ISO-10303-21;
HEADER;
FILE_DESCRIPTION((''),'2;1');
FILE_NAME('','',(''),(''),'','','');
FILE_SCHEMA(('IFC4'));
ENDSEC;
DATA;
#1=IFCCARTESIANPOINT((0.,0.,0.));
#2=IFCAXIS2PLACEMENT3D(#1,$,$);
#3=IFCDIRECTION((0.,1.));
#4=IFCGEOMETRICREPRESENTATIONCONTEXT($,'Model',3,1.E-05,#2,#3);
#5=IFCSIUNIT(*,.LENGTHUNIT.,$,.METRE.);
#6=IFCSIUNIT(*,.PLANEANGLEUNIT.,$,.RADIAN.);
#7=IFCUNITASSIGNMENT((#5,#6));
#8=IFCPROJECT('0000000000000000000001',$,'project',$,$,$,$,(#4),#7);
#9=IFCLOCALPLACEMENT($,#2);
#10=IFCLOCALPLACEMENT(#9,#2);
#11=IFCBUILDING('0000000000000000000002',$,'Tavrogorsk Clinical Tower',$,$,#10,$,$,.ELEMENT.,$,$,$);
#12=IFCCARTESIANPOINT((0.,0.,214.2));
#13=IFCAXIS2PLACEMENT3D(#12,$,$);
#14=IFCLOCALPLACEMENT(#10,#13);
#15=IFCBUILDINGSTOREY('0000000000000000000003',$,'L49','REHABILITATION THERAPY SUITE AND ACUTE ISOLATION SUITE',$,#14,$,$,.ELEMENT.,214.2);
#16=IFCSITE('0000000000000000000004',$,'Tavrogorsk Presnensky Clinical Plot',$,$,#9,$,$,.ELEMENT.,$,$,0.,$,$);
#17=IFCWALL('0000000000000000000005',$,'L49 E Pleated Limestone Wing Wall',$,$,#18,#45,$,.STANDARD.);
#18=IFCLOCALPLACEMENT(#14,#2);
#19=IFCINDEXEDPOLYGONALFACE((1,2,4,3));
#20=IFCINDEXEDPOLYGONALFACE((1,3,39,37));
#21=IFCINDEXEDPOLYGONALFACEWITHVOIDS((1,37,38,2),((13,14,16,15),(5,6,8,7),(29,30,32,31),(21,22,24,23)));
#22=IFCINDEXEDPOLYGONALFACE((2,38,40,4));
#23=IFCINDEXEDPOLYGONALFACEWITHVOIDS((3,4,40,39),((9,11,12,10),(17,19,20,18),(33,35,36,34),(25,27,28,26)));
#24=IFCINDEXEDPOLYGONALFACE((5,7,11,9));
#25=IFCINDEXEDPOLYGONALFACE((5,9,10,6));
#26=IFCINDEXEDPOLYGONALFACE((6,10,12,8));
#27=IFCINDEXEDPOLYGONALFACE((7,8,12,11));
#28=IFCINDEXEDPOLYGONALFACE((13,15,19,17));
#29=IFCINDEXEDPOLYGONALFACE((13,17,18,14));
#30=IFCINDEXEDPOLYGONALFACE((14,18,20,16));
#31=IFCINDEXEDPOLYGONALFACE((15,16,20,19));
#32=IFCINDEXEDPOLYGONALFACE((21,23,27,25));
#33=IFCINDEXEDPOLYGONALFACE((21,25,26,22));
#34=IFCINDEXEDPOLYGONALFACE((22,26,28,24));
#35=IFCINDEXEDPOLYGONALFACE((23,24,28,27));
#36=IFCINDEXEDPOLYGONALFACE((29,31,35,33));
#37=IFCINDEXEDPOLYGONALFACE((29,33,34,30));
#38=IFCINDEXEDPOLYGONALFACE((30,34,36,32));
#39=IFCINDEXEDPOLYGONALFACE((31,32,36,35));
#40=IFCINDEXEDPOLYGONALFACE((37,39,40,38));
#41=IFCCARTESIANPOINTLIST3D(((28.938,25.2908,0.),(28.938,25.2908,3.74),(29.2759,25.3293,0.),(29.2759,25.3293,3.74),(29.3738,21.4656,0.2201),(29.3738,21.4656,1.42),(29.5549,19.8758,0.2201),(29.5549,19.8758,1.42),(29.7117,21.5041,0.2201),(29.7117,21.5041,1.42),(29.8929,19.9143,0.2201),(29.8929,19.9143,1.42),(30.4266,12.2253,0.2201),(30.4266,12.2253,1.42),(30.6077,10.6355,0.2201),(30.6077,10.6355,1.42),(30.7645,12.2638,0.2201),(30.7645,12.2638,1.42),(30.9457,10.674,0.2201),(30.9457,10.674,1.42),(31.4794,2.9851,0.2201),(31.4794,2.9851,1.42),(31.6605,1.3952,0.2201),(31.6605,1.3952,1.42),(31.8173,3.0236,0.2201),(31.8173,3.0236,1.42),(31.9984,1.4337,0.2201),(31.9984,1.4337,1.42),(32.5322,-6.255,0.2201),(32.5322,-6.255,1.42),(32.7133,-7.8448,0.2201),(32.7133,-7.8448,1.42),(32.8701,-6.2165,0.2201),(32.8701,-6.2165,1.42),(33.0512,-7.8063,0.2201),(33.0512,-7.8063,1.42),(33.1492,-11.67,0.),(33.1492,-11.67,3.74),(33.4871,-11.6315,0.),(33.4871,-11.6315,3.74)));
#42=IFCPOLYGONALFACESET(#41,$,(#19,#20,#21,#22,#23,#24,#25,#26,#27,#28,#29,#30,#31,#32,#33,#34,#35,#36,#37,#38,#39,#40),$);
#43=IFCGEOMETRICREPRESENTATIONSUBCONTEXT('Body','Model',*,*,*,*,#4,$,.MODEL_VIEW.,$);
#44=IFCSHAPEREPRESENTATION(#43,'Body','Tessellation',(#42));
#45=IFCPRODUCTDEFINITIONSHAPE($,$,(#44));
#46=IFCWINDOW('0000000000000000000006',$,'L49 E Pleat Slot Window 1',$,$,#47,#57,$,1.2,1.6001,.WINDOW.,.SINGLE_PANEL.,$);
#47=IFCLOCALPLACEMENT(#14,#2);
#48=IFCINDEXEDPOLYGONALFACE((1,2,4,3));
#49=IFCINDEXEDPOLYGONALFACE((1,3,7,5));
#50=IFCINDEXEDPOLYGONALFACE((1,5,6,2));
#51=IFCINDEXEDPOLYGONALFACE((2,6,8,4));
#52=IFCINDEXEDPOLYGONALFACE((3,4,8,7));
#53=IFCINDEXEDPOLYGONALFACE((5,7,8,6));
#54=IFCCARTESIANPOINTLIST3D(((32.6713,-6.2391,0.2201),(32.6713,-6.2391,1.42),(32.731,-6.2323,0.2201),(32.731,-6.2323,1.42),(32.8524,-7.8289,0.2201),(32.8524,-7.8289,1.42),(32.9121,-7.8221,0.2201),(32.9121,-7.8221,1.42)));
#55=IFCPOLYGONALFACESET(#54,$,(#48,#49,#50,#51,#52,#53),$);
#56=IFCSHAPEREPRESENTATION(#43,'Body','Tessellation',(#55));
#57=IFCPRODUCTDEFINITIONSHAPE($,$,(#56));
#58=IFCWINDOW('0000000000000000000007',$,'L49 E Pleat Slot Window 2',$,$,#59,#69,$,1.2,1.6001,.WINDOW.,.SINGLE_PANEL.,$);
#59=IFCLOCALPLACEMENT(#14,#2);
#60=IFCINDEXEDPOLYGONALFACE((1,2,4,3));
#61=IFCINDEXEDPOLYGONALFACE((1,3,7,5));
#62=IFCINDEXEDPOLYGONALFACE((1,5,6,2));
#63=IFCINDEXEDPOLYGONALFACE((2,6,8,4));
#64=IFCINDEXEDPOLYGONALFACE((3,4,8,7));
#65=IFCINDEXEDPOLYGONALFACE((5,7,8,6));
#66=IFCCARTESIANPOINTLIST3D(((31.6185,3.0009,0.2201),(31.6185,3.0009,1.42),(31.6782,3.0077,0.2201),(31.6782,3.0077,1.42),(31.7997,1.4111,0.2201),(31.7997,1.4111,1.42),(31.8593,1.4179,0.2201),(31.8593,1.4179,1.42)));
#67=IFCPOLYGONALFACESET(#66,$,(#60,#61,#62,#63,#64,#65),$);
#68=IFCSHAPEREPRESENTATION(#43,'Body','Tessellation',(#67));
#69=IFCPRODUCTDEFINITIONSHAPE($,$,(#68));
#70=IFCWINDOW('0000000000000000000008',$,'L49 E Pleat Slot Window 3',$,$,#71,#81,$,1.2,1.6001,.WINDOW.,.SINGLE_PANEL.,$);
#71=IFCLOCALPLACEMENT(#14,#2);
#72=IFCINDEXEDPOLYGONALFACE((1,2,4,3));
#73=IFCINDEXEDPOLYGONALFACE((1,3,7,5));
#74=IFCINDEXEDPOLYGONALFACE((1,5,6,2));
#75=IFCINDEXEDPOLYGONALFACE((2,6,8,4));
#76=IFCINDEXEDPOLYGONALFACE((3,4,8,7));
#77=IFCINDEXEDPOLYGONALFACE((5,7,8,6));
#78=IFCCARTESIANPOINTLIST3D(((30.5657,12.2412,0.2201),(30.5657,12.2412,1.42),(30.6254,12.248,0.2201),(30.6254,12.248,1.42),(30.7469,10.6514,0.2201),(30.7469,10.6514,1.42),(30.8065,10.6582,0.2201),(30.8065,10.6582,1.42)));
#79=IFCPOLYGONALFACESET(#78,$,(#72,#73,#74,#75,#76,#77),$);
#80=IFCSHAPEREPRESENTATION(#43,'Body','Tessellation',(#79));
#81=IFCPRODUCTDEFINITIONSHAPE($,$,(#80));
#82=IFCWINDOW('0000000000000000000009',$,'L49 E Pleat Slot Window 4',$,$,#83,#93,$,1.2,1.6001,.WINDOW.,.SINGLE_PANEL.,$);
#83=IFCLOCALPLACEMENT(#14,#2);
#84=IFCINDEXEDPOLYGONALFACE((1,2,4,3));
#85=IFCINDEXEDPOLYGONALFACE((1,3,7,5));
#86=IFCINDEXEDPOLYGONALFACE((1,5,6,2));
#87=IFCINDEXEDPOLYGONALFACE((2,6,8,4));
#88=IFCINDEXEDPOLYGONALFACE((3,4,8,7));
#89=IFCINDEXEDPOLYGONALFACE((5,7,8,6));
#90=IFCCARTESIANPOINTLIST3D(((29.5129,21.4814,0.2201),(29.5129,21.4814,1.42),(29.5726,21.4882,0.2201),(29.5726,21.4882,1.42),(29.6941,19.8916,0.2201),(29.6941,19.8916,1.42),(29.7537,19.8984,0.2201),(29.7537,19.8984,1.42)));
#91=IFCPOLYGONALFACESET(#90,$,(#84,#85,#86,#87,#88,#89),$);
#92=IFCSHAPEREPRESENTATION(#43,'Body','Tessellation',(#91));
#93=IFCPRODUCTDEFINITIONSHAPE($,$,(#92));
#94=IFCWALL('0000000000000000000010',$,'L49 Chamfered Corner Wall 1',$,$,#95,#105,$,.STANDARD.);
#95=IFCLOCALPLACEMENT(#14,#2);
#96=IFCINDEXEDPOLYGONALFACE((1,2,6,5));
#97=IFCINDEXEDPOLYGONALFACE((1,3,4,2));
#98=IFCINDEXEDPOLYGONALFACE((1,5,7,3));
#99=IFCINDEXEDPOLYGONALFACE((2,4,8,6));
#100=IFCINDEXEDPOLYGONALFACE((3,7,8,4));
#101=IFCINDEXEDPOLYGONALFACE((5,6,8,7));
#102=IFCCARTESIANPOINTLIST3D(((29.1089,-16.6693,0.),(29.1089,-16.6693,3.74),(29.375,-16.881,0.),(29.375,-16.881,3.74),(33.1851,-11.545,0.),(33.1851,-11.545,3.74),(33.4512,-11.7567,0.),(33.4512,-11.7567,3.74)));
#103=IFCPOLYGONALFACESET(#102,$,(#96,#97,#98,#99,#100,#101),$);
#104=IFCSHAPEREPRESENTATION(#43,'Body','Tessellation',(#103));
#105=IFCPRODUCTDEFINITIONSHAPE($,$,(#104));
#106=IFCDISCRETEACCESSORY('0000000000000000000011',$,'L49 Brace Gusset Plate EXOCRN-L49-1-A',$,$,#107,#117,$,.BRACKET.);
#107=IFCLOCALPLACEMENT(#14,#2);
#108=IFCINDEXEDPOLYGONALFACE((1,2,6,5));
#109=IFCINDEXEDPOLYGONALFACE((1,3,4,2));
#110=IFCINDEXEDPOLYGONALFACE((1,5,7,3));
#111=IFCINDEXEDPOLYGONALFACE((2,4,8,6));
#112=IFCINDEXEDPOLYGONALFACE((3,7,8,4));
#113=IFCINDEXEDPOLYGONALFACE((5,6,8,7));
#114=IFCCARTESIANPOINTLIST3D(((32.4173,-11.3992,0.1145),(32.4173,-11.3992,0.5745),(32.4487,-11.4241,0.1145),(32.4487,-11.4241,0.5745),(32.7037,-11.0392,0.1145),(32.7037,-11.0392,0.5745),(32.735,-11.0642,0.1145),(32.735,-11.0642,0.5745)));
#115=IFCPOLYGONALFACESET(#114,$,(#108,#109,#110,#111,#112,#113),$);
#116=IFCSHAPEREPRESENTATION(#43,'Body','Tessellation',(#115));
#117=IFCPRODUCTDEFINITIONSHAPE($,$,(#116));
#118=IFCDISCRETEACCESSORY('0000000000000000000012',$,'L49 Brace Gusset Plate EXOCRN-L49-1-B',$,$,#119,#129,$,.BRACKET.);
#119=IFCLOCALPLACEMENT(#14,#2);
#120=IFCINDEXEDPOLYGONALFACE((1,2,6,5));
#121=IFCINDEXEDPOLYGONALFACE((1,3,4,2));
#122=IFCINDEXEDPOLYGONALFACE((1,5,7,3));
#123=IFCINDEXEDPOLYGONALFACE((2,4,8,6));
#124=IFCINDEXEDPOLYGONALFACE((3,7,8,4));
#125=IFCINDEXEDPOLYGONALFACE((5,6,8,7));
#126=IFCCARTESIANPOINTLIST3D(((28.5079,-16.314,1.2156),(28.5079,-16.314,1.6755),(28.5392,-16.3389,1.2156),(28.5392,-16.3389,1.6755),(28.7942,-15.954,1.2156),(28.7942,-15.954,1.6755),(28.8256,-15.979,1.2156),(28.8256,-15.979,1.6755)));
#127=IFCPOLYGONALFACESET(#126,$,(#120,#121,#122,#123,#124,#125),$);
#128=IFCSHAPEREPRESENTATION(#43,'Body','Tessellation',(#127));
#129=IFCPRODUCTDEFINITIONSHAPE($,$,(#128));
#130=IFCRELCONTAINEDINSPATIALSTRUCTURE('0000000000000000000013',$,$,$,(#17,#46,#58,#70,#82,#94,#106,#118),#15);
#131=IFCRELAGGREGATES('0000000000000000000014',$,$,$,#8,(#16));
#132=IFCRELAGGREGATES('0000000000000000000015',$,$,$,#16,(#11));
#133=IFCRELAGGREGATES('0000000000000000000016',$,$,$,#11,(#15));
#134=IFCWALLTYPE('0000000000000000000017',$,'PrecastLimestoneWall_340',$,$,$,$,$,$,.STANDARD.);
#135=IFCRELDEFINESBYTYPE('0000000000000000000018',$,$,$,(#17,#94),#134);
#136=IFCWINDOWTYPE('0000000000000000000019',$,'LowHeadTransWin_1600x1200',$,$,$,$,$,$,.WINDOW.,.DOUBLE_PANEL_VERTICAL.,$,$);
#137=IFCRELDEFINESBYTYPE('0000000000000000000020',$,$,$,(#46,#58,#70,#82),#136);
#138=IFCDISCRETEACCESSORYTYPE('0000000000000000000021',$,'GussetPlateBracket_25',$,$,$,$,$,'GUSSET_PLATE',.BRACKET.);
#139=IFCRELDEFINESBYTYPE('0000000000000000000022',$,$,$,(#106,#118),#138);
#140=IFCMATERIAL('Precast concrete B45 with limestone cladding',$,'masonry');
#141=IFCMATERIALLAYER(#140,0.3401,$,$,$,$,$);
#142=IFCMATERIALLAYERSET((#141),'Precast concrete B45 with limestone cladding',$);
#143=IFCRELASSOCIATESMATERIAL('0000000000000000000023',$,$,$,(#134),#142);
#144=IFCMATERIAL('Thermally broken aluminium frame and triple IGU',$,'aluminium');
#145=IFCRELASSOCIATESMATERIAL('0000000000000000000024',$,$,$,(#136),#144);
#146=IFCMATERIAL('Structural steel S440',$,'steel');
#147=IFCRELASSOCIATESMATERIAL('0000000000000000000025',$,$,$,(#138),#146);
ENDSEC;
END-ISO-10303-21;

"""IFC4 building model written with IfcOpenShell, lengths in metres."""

from ifc_helpers import new_model, si_unit, direction, frame, frame_2d, origin, origin_2d, place, context, subcontext, project, spatial, rectangle, extrude, material, layer, layer_set, type_object, element, fill, save


model = new_model("IFC4")

# Units and contexts
model_context = context("Model", 3, precision=1e-05, world=origin(), true_north=direction((0.0, 1.0)))
body_context = subcontext(model_context, "Body", "Model", "MODEL_VIEW")
ifc_project = project(units=[si_unit("LENGTHUNIT", "METRE"), si_unit("PLANEANGLEUNIT", "RADIAN")], contexts=[model_context])

# Site, building, storey
site_placement = place(None, origin())
site = spatial("IfcSite", under=ifc_project, at=site_placement, Name="Tavrogorsk Presnensky Clinical Plot", CompositionType="ELEMENT", RefElevation=0.0)
building_placement = place(site_placement, origin())
building = spatial("IfcBuilding", under=site, at=building_placement, Name="Tavrogorsk Clinical Tower", CompositionType="ELEMENT")
storey_placement = place(building_placement, frame((0.0, 0.0, 214.2)))
storey = spatial("IfcBuildingStorey", under=building, at=storey_placement, Name="L49", Description="REHABILITATION THERAPY SUITE AND ACUTE ISOLATION SUITE", CompositionType="ELEMENT", Elevation=214.2)

# Wall, openings, windows
ifc_material_1 = material(Name="Precast concrete B45 with limestone cladding", Category="masonry")
ifc_layer_1 = layer(ifc_material_1, 0.3401)
ifc_layer_set_1 = layer_set([ifc_layer_1], Name="Precast concrete B45 with limestone cladding")
wall_type_1 = type_object("IfcWallType", Name="PrecastLimestoneWall_340", PredefinedType="STANDARD", material=ifc_layer_set_1)
wall_1_placement = place(storey_placement, frame((33.3181, -11.6509, 0.0), z_axis=(0.0, 0.0, 1.0), x_axis=(-0.113204, 0.993572, 0.0)))
wall_1 = element("IfcWall", 1, at=wall_1_placement, inside=storey, type_object=wall_type_1, Name="L49 E Pleated Limestone Wing Wall", PredefinedType="STANDARD", context=body_context, shape_type="SweptSolid", body=[
    extrude(rectangle(XDim=37.2, YDim=0.3401, at=frame_2d((18.6001, 0.0))), origin(), (0.0, 0.0, 1.0), 3.74),
])
opening_1_placement = place(wall_1_placement, frame((3.8501, 0.0, 0.22)))
opening_1 = element("IfcOpeningElement", 2, at=opening_1_placement, cuts=wall_1, PredefinedType="OPENING", context=body_context, shape_type="SweptSolid", body=[
    extrude(rectangle(XDim=1.6001, YDim=1.2, at=frame_2d((0.8, 0.6001))), frame((0.0, 0.1799, 0.0), z_axis=(0.0, -1.0, 0.0), x_axis=(1.0, 0.0, 0.0)), (0.0, 0.0, 1.0), 0.3601),
])
opening_2_placement = place(wall_1_placement, frame((13.1499, 0.0, 0.22)))
opening_2 = element("IfcOpeningElement", 3, at=opening_2_placement, cuts=wall_1, PredefinedType="OPENING", context=body_context, shape_type="SweptSolid", body=[
    extrude(rectangle(XDim=1.6001, YDim=1.2, at=frame_2d((0.8, 0.6001))), frame((0.0, 0.1799, 0.0), z_axis=(0.0, -1.0, 0.0), x_axis=(1.0, 0.0, 0.0)), (0.0, 0.0, 1.0), 0.3601),
])
opening_3_placement = place(wall_1_placement, frame((22.45, 0.0, 0.22)))
opening_3 = element("IfcOpeningElement", 4, at=opening_3_placement, cuts=wall_1, PredefinedType="OPENING", context=body_context, shape_type="SweptSolid", body=[
    extrude(rectangle(XDim=1.6001, YDim=1.2, at=frame_2d((0.8, 0.6001))), frame((0.0, 0.1799, 0.0), z_axis=(0.0, -1.0, 0.0), x_axis=(1.0, 0.0, 0.0)), (0.0, 0.0, 1.0), 0.3601),
])
opening_4_placement = place(wall_1_placement, frame((31.75, 0.0, 0.22)))
opening_4 = element("IfcOpeningElement", 5, at=opening_4_placement, cuts=wall_1, PredefinedType="OPENING", context=body_context, shape_type="SweptSolid", body=[
    extrude(rectangle(XDim=1.6001, YDim=1.2, at=frame_2d((0.8, 0.6001))), frame((0.0, 0.1799, 0.0), z_axis=(0.0, -1.0, 0.0), x_axis=(1.0, 0.0, 0.0)), (0.0, 0.0, 1.0), 0.3601),
])
ifc_material_2 = material(Name="Thermally broken aluminium frame and triple IGU", Category="aluminium")
window_type = type_object("IfcWindowType", Name="LowHeadTransWin_1600x1200", PartitioningType="DOUBLE_PANEL_VERTICAL", PredefinedType="WINDOW", material=ifc_material_2)
window_1_placement = place(opening_1_placement, origin())
window_1 = element("IfcWindow", 6, at=window_1_placement, inside=storey, type_object=window_type, Name="L49 E Pleat Slot Window 1", OverallHeight=1.2, OverallWidth=1.6001, PartitioningType="SINGLE_PANEL", PredefinedType="WINDOW", context=body_context, shape_type="SweptSolid", body=[
    extrude(rectangle(XDim=1.6001, YDim=1.2, at=frame_2d((0.8, 0.6001))), frame((0.0, 0.03, 0.0), z_axis=(0.0, -1.0, 0.0), x_axis=(1.0, 0.0, 0.0)), (0.0, 0.0, 1.0), 0.0601),
])
fill(opening_1, window_1)
window_2_placement = place(opening_2_placement, origin())
window_2 = element("IfcWindow", 7, at=window_2_placement, inside=storey, type_object=window_type, Name="L49 E Pleat Slot Window 2", OverallHeight=1.2, OverallWidth=1.6001, PartitioningType="SINGLE_PANEL", PredefinedType="WINDOW", context=body_context, shape_type="SweptSolid", body=[
    extrude(rectangle(XDim=1.6001, YDim=1.2, at=frame_2d((0.8, 0.6001))), frame((0.0, 0.03, 0.0), z_axis=(0.0, -1.0, 0.0), x_axis=(1.0, 0.0, 0.0)), (0.0, 0.0, 1.0), 0.0601),
])
fill(opening_2, window_2)
window_3_placement = place(opening_3_placement, origin())
window_3 = element("IfcWindow", 8, at=window_3_placement, inside=storey, type_object=window_type, Name="L49 E Pleat Slot Window 3", OverallHeight=1.2, OverallWidth=1.6001, PartitioningType="SINGLE_PANEL", PredefinedType="WINDOW", context=body_context, shape_type="SweptSolid", body=[
    extrude(rectangle(XDim=1.6001, YDim=1.2, at=frame_2d((0.8, 0.6001))), frame((0.0, 0.03, 0.0), z_axis=(0.0, -1.0, 0.0), x_axis=(1.0, 0.0, 0.0)), (0.0, 0.0, 1.0), 0.0601),
])
fill(opening_3, window_3)
window_4_placement = place(opening_4_placement, origin())
window_4 = element("IfcWindow", 9, at=window_4_placement, inside=storey, type_object=window_type, Name="L49 E Pleat Slot Window 4", OverallHeight=1.2, OverallWidth=1.6001, PartitioningType="SINGLE_PANEL", PredefinedType="WINDOW", context=body_context, shape_type="SweptSolid", body=[
    extrude(rectangle(XDim=1.6001, YDim=1.2, at=frame_2d((0.8, 0.6001))), frame((0.0, 0.03, 0.0), z_axis=(0.0, -1.0, 0.0), x_axis=(1.0, 0.0, 0.0)), (0.0, 0.0, 1.0), 0.0601),
])
fill(opening_4, window_4)

# Wall
wall_2_placement = place(storey_placement, frame((29.2419, -16.7751, 0.0), z_axis=(0.0, 0.0, 1.0), x_axis=(0.622528, 0.782597, 0.0)))
element("IfcWall", 10, at=wall_2_placement, inside=storey, type_object=wall_type_1, Name="L49 Chamfered Corner Wall 1", PredefinedType="STANDARD", context=body_context, shape_type="SweptSolid", body=[
    extrude(rectangle(XDim=6.5479, YDim=0.3401, at=frame_2d((3.2739, 0.0))), origin(), (0.0, 0.0, 1.0), 3.74),
])

# Discrete accessories
ifc_material_3 = material(Name="Structural steel S440", Category="steel")
discrete_accessory_type = type_object("IfcDiscreteAccessoryType", Name="GussetPlateBracket_25", ElementType="GUSSET_PLATE", PredefinedType="BRACKET", material=ifc_material_3)
for number, where, z_axis, x_axis, name in (
    (11, (32.5762, -11.2317, 0.1145), (0.0, 0.0, 1.0), (-0.622515, -0.782608, 0.0), "L49 Brace Gusset Plate EXOCRN-L49-1-A"),
    (12, (28.6667, -16.1465, 1.2156), (0.0, 0.0, 1.0), (-0.622515, -0.782608, 0.0), "L49 Brace Gusset Plate EXOCRN-L49-1-B"),
):
    element("IfcDiscreteAccessory", number, at=place(storey_placement, frame(where, z_axis=z_axis, x_axis=x_axis)), inside=storey, type_object=discrete_accessory_type, Name=name, PredefinedType="BRACKET", context=body_context, shape_type="SweptSolid", body=[
        extrude(rectangle(XDim=0.46, YDim=0.04, at=origin_2d()), origin(), (0.0, 0.0, 1.0), 0.46),
    ])

save(model, "model.ifc")
